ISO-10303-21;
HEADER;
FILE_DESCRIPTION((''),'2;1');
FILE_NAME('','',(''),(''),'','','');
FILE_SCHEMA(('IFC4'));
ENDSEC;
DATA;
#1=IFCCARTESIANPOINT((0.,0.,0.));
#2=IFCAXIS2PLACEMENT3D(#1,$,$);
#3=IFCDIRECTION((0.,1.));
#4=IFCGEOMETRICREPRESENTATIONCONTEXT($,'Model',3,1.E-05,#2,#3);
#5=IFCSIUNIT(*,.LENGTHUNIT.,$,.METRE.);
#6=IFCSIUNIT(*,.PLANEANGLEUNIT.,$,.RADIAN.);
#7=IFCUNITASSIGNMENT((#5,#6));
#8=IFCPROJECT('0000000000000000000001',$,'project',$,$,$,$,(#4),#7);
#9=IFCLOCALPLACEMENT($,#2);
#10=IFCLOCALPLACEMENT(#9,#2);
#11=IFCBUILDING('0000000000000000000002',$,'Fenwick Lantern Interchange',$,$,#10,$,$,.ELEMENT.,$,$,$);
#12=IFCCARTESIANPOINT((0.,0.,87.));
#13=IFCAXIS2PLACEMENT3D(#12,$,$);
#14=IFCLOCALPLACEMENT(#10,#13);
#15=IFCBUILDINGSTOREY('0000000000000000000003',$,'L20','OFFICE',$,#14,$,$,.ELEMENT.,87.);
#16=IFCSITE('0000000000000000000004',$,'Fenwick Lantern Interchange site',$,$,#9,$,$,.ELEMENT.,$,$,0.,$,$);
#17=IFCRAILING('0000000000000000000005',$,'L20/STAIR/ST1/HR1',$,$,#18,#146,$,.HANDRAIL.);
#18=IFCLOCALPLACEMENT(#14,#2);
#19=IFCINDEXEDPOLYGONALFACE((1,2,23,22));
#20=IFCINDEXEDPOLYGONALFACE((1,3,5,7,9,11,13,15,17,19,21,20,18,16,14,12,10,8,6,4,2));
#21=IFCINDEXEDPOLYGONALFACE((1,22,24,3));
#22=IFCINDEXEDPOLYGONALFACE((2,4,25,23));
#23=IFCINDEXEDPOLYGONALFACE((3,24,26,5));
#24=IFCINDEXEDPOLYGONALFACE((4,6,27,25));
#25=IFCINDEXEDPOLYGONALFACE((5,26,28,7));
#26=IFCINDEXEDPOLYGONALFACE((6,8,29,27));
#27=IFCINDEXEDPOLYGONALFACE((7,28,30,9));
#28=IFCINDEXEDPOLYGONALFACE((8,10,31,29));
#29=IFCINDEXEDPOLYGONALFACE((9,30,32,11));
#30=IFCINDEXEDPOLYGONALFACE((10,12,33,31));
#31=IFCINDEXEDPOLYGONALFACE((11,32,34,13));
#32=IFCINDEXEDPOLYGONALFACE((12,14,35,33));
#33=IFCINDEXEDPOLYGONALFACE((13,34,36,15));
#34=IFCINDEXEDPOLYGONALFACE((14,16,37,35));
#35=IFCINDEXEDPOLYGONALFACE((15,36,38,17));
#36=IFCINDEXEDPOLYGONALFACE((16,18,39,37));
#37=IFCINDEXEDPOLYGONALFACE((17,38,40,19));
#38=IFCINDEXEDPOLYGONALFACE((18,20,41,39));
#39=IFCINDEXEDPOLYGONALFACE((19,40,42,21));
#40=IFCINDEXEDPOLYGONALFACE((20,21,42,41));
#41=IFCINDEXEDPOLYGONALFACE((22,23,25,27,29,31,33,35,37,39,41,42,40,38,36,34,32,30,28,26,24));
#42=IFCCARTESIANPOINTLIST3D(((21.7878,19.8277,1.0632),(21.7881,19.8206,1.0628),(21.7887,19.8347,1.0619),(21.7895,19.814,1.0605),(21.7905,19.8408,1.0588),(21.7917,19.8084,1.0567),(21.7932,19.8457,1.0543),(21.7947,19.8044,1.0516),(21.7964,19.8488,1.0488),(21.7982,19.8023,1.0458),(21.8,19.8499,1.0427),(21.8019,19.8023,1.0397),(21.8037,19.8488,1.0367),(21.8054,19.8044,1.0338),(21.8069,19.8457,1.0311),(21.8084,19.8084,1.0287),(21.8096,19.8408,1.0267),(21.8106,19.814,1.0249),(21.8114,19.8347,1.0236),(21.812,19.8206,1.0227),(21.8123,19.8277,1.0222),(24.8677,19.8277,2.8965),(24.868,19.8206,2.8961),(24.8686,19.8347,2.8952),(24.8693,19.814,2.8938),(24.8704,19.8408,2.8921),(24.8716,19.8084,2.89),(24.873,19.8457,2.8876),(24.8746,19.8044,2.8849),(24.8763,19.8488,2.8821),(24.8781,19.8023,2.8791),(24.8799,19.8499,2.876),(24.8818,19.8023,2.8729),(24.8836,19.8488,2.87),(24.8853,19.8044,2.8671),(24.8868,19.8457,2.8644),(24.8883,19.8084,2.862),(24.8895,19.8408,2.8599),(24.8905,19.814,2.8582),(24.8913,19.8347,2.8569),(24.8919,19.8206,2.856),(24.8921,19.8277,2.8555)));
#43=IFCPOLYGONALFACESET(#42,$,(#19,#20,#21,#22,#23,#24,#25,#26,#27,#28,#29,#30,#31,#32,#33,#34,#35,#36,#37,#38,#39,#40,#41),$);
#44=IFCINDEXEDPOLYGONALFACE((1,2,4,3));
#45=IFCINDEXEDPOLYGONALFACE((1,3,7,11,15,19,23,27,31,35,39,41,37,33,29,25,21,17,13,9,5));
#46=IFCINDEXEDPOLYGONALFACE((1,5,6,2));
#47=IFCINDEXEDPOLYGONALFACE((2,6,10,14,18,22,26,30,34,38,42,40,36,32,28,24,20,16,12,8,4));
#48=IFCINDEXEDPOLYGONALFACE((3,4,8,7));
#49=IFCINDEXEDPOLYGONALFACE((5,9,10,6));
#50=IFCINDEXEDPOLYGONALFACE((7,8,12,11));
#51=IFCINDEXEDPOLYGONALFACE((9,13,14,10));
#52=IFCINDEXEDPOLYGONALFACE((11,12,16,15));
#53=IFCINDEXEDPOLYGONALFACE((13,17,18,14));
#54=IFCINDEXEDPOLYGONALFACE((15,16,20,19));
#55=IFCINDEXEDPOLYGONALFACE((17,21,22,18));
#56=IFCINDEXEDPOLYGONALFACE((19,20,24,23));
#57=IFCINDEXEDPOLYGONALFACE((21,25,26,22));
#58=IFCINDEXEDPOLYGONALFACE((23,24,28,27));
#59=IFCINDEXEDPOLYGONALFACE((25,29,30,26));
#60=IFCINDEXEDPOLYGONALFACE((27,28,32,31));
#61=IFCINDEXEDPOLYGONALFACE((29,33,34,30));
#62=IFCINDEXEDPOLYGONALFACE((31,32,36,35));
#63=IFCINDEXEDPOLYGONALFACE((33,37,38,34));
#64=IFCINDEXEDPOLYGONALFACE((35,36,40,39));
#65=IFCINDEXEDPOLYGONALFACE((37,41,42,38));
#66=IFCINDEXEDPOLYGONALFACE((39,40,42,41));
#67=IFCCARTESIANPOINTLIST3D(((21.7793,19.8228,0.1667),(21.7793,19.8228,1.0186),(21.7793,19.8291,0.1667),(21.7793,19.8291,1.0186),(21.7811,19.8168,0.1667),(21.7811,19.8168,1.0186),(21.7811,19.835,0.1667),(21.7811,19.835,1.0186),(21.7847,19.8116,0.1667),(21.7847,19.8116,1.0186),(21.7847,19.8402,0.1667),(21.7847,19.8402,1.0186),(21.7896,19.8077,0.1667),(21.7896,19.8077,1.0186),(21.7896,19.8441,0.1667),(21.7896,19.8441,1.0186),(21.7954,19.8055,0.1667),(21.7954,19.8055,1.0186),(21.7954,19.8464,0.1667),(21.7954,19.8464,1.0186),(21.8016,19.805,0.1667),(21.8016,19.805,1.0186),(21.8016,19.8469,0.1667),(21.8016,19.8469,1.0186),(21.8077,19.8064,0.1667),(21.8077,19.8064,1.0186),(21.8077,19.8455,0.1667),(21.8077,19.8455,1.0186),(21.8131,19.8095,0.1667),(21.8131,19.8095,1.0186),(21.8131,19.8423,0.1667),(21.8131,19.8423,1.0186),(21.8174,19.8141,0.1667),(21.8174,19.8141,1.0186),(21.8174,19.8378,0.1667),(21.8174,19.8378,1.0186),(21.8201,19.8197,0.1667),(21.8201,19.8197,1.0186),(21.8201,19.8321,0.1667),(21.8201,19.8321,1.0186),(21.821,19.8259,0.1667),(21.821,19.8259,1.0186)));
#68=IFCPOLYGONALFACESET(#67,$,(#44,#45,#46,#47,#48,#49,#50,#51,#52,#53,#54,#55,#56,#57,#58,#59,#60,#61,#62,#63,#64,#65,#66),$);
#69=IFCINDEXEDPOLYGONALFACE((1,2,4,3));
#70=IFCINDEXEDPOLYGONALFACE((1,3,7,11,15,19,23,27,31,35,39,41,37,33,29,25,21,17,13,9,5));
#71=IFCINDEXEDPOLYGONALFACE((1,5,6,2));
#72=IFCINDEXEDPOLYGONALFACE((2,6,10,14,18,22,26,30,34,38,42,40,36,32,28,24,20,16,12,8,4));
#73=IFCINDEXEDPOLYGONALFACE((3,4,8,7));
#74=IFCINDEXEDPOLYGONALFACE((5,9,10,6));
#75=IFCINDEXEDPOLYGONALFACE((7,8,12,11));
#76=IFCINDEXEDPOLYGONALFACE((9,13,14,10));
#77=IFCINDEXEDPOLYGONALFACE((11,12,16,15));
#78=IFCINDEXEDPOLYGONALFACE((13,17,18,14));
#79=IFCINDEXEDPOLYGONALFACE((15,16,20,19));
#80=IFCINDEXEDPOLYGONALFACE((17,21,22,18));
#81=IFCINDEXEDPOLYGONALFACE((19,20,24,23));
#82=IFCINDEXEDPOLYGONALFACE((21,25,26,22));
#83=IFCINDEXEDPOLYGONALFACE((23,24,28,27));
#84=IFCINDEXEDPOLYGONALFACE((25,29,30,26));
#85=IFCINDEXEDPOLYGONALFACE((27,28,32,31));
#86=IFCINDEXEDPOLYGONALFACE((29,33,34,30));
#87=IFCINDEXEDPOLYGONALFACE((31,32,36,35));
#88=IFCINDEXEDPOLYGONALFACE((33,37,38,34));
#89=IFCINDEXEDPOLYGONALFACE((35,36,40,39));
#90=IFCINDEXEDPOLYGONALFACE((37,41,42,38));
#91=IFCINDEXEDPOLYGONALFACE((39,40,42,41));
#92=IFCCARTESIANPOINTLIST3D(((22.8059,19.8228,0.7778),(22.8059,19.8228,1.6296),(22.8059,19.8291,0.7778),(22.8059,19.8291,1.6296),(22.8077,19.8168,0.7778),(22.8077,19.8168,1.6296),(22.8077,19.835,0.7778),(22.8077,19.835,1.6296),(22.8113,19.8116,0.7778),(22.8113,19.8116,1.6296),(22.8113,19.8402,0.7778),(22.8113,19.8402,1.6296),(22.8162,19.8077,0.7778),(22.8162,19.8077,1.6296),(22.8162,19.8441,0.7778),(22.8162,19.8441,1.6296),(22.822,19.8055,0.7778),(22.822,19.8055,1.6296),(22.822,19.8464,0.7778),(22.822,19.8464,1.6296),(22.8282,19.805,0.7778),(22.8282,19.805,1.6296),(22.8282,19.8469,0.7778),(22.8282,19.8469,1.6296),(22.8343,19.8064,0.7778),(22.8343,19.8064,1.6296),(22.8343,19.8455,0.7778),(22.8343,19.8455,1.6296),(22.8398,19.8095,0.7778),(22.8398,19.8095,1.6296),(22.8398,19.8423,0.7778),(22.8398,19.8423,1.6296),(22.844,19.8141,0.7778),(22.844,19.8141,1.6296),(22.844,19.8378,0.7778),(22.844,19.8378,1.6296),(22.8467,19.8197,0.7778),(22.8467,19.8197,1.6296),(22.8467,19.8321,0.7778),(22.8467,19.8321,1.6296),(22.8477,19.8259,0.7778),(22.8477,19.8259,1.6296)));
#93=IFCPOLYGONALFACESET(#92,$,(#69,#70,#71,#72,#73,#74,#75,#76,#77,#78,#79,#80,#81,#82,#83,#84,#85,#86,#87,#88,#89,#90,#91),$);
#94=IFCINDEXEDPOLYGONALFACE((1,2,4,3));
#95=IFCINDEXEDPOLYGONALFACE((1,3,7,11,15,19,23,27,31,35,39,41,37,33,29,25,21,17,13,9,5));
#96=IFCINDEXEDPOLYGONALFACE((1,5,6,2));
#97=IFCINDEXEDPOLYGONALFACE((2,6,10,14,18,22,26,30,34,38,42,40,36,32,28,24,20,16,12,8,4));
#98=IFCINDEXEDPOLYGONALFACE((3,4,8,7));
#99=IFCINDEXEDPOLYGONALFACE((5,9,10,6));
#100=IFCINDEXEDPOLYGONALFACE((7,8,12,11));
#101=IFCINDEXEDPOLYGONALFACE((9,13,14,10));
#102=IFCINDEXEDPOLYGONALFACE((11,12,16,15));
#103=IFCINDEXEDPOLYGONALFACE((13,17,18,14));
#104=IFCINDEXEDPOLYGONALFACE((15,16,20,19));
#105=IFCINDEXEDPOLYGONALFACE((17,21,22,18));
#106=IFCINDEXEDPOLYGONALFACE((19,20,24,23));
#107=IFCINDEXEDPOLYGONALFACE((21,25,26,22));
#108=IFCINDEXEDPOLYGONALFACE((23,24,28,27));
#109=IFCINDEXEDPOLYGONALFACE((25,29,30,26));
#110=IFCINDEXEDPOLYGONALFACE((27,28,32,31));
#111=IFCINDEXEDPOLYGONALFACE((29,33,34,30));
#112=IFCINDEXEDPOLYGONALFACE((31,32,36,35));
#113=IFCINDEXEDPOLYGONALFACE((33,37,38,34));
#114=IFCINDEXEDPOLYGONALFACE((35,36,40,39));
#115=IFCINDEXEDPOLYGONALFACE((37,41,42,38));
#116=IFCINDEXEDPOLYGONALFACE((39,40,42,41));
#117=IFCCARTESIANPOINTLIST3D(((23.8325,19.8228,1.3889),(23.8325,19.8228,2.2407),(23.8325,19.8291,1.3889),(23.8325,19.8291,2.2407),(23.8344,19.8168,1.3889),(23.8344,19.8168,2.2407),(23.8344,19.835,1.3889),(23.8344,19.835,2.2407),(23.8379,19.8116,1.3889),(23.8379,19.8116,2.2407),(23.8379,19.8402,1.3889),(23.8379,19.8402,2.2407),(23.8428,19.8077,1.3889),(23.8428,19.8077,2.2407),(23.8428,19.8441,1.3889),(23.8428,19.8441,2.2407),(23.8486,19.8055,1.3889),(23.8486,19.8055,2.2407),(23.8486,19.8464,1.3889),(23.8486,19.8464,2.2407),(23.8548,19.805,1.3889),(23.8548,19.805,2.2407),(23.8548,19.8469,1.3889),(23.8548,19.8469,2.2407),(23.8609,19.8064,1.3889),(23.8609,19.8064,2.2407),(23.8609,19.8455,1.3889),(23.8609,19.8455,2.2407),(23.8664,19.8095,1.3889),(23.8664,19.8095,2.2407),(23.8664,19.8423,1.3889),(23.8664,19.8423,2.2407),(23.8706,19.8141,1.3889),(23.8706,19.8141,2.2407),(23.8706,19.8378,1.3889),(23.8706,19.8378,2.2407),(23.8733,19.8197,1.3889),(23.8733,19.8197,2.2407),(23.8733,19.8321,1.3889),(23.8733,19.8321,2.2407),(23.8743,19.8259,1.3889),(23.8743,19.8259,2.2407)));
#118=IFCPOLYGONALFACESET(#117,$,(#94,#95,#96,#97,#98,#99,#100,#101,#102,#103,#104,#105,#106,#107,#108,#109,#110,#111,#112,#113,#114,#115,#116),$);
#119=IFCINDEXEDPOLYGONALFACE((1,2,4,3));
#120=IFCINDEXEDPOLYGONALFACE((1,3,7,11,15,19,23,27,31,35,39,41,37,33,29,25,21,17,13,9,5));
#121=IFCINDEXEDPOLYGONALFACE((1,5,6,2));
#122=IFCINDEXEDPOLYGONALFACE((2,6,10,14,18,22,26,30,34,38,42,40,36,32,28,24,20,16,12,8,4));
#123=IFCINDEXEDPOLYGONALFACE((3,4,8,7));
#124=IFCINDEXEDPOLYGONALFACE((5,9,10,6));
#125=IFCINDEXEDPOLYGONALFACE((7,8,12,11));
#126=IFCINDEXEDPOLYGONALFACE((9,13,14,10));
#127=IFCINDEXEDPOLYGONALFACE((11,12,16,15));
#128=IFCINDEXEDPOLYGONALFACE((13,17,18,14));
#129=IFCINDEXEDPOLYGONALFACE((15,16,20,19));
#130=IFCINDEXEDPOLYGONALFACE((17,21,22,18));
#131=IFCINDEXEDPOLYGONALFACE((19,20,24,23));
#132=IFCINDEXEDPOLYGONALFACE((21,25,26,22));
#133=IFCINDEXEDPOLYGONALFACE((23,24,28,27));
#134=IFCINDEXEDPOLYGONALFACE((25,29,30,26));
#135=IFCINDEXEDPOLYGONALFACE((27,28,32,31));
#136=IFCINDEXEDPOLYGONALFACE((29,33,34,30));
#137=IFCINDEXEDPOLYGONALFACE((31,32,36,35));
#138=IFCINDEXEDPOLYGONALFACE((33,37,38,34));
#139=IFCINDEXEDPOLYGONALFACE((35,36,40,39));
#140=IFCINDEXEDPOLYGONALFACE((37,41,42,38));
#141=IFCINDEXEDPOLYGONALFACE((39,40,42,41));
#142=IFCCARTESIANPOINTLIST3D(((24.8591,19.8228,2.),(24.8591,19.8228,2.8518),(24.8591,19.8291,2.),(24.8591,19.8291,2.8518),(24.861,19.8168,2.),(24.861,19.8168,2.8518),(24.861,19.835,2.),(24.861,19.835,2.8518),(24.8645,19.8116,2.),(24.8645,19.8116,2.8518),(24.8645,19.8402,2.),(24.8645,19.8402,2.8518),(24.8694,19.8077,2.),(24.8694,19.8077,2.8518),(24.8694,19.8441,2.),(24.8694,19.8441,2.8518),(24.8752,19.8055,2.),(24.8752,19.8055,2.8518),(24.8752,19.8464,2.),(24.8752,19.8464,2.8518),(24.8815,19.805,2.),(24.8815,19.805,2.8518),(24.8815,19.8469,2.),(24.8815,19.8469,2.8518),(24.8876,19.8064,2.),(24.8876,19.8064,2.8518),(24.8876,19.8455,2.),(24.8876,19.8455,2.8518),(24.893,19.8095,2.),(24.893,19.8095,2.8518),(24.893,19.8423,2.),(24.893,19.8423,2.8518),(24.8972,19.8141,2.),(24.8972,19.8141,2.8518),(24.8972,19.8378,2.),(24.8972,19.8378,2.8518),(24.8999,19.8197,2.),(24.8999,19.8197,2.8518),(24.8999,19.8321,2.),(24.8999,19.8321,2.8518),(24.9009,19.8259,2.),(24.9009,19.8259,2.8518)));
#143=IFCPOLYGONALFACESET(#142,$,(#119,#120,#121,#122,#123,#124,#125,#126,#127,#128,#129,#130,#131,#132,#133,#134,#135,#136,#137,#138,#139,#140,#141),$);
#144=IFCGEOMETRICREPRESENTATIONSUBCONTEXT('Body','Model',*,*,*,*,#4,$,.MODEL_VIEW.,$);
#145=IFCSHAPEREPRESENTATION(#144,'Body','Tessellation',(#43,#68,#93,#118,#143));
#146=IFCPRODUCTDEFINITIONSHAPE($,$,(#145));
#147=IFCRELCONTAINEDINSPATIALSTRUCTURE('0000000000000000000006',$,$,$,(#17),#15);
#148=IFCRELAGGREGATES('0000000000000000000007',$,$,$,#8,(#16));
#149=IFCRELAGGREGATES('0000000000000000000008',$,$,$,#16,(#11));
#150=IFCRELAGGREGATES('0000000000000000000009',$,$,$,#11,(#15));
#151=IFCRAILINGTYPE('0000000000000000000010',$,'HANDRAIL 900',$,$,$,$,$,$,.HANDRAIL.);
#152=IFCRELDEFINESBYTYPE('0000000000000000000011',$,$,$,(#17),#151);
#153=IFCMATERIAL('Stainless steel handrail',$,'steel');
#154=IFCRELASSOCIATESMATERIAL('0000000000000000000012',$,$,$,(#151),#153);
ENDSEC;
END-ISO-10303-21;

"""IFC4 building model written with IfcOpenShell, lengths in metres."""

from ifc_helpers import new_model, si_unit, direction, frame, origin, origin_2d, place, context, subcontext, project, spatial, circle, extrude, material, type_object, element, save


model = new_model("IFC4")

# Units and contexts
model_context = context("Model", 3, precision=1e-05, world=origin(), true_north=direction((0.0, 1.0)))
body_context = subcontext(model_context, "Body", "Model", "MODEL_VIEW")
ifc_project = project(units=[si_unit("LENGTHUNIT", "METRE"), si_unit("PLANEANGLEUNIT", "RADIAN")], contexts=[model_context])

# Site, building, storey
site_placement = place(None, origin())
site = spatial("IfcSite", under=ifc_project, at=site_placement, Name="Fenwick Lantern Interchange site", CompositionType="ELEMENT", RefElevation=0.0)
building_placement = place(site_placement, origin())
building = spatial("IfcBuilding", under=site, at=building_placement, Name="Fenwick Lantern Interchange", CompositionType="ELEMENT")
storey_placement = place(building_placement, frame((0.0, 0.0, 87.0)))
storey = spatial("IfcBuildingStorey", under=building, at=storey_placement, Name="L20", Description="OFFICE", CompositionType="ELEMENT", Elevation=87.0)

# Railing
ifc_material_1 = material(Name="Stainless steel handrail", Category="steel")
railing_type = type_object("IfcRailingType", Name="HANDRAIL 900", PredefinedType="HANDRAIL", material=ifc_material_1)
railing_1_placement = place(storey_placement, frame((21.8, 19.8259, 0.1667)))
element("IfcRailing", 1, at=railing_1_placement, inside=storey, type_object=railing_type, Name="L20/STAIR/ST1/HR1", PredefinedType="HANDRAIL", context=body_context, shape_type="SweptSolid", body=[
    extrude(circle(Radius=0.0239, at=origin_2d()), frame((0.0, 0.0, 0.876), z_axis=(0.859291, 0.0, 0.511487), x_axis=(0.0, 1.0, 0.0)), (0.0, 0.0, 1.0), 3.5842),
    extrude(circle(Radius=0.021, at=origin_2d()), origin(), (0.0, 0.0, 1.0), 0.8518),
    extrude(circle(Radius=0.021, at=origin_2d()), frame((1.0266, 0.0, 0.6111)), (0.0, 0.0, 1.0), 0.8518),
    extrude(circle(Radius=0.021, at=origin_2d()), frame((2.0532, 0.0, 1.2222)), (0.0, 0.0, 1.0), 0.8518),
    extrude(circle(Radius=0.021, at=origin_2d()), frame((3.0798, 0.0, 1.8333)), (0.0, 0.0, 1.0), 0.8518),
])

save(model, "model.ifc")
